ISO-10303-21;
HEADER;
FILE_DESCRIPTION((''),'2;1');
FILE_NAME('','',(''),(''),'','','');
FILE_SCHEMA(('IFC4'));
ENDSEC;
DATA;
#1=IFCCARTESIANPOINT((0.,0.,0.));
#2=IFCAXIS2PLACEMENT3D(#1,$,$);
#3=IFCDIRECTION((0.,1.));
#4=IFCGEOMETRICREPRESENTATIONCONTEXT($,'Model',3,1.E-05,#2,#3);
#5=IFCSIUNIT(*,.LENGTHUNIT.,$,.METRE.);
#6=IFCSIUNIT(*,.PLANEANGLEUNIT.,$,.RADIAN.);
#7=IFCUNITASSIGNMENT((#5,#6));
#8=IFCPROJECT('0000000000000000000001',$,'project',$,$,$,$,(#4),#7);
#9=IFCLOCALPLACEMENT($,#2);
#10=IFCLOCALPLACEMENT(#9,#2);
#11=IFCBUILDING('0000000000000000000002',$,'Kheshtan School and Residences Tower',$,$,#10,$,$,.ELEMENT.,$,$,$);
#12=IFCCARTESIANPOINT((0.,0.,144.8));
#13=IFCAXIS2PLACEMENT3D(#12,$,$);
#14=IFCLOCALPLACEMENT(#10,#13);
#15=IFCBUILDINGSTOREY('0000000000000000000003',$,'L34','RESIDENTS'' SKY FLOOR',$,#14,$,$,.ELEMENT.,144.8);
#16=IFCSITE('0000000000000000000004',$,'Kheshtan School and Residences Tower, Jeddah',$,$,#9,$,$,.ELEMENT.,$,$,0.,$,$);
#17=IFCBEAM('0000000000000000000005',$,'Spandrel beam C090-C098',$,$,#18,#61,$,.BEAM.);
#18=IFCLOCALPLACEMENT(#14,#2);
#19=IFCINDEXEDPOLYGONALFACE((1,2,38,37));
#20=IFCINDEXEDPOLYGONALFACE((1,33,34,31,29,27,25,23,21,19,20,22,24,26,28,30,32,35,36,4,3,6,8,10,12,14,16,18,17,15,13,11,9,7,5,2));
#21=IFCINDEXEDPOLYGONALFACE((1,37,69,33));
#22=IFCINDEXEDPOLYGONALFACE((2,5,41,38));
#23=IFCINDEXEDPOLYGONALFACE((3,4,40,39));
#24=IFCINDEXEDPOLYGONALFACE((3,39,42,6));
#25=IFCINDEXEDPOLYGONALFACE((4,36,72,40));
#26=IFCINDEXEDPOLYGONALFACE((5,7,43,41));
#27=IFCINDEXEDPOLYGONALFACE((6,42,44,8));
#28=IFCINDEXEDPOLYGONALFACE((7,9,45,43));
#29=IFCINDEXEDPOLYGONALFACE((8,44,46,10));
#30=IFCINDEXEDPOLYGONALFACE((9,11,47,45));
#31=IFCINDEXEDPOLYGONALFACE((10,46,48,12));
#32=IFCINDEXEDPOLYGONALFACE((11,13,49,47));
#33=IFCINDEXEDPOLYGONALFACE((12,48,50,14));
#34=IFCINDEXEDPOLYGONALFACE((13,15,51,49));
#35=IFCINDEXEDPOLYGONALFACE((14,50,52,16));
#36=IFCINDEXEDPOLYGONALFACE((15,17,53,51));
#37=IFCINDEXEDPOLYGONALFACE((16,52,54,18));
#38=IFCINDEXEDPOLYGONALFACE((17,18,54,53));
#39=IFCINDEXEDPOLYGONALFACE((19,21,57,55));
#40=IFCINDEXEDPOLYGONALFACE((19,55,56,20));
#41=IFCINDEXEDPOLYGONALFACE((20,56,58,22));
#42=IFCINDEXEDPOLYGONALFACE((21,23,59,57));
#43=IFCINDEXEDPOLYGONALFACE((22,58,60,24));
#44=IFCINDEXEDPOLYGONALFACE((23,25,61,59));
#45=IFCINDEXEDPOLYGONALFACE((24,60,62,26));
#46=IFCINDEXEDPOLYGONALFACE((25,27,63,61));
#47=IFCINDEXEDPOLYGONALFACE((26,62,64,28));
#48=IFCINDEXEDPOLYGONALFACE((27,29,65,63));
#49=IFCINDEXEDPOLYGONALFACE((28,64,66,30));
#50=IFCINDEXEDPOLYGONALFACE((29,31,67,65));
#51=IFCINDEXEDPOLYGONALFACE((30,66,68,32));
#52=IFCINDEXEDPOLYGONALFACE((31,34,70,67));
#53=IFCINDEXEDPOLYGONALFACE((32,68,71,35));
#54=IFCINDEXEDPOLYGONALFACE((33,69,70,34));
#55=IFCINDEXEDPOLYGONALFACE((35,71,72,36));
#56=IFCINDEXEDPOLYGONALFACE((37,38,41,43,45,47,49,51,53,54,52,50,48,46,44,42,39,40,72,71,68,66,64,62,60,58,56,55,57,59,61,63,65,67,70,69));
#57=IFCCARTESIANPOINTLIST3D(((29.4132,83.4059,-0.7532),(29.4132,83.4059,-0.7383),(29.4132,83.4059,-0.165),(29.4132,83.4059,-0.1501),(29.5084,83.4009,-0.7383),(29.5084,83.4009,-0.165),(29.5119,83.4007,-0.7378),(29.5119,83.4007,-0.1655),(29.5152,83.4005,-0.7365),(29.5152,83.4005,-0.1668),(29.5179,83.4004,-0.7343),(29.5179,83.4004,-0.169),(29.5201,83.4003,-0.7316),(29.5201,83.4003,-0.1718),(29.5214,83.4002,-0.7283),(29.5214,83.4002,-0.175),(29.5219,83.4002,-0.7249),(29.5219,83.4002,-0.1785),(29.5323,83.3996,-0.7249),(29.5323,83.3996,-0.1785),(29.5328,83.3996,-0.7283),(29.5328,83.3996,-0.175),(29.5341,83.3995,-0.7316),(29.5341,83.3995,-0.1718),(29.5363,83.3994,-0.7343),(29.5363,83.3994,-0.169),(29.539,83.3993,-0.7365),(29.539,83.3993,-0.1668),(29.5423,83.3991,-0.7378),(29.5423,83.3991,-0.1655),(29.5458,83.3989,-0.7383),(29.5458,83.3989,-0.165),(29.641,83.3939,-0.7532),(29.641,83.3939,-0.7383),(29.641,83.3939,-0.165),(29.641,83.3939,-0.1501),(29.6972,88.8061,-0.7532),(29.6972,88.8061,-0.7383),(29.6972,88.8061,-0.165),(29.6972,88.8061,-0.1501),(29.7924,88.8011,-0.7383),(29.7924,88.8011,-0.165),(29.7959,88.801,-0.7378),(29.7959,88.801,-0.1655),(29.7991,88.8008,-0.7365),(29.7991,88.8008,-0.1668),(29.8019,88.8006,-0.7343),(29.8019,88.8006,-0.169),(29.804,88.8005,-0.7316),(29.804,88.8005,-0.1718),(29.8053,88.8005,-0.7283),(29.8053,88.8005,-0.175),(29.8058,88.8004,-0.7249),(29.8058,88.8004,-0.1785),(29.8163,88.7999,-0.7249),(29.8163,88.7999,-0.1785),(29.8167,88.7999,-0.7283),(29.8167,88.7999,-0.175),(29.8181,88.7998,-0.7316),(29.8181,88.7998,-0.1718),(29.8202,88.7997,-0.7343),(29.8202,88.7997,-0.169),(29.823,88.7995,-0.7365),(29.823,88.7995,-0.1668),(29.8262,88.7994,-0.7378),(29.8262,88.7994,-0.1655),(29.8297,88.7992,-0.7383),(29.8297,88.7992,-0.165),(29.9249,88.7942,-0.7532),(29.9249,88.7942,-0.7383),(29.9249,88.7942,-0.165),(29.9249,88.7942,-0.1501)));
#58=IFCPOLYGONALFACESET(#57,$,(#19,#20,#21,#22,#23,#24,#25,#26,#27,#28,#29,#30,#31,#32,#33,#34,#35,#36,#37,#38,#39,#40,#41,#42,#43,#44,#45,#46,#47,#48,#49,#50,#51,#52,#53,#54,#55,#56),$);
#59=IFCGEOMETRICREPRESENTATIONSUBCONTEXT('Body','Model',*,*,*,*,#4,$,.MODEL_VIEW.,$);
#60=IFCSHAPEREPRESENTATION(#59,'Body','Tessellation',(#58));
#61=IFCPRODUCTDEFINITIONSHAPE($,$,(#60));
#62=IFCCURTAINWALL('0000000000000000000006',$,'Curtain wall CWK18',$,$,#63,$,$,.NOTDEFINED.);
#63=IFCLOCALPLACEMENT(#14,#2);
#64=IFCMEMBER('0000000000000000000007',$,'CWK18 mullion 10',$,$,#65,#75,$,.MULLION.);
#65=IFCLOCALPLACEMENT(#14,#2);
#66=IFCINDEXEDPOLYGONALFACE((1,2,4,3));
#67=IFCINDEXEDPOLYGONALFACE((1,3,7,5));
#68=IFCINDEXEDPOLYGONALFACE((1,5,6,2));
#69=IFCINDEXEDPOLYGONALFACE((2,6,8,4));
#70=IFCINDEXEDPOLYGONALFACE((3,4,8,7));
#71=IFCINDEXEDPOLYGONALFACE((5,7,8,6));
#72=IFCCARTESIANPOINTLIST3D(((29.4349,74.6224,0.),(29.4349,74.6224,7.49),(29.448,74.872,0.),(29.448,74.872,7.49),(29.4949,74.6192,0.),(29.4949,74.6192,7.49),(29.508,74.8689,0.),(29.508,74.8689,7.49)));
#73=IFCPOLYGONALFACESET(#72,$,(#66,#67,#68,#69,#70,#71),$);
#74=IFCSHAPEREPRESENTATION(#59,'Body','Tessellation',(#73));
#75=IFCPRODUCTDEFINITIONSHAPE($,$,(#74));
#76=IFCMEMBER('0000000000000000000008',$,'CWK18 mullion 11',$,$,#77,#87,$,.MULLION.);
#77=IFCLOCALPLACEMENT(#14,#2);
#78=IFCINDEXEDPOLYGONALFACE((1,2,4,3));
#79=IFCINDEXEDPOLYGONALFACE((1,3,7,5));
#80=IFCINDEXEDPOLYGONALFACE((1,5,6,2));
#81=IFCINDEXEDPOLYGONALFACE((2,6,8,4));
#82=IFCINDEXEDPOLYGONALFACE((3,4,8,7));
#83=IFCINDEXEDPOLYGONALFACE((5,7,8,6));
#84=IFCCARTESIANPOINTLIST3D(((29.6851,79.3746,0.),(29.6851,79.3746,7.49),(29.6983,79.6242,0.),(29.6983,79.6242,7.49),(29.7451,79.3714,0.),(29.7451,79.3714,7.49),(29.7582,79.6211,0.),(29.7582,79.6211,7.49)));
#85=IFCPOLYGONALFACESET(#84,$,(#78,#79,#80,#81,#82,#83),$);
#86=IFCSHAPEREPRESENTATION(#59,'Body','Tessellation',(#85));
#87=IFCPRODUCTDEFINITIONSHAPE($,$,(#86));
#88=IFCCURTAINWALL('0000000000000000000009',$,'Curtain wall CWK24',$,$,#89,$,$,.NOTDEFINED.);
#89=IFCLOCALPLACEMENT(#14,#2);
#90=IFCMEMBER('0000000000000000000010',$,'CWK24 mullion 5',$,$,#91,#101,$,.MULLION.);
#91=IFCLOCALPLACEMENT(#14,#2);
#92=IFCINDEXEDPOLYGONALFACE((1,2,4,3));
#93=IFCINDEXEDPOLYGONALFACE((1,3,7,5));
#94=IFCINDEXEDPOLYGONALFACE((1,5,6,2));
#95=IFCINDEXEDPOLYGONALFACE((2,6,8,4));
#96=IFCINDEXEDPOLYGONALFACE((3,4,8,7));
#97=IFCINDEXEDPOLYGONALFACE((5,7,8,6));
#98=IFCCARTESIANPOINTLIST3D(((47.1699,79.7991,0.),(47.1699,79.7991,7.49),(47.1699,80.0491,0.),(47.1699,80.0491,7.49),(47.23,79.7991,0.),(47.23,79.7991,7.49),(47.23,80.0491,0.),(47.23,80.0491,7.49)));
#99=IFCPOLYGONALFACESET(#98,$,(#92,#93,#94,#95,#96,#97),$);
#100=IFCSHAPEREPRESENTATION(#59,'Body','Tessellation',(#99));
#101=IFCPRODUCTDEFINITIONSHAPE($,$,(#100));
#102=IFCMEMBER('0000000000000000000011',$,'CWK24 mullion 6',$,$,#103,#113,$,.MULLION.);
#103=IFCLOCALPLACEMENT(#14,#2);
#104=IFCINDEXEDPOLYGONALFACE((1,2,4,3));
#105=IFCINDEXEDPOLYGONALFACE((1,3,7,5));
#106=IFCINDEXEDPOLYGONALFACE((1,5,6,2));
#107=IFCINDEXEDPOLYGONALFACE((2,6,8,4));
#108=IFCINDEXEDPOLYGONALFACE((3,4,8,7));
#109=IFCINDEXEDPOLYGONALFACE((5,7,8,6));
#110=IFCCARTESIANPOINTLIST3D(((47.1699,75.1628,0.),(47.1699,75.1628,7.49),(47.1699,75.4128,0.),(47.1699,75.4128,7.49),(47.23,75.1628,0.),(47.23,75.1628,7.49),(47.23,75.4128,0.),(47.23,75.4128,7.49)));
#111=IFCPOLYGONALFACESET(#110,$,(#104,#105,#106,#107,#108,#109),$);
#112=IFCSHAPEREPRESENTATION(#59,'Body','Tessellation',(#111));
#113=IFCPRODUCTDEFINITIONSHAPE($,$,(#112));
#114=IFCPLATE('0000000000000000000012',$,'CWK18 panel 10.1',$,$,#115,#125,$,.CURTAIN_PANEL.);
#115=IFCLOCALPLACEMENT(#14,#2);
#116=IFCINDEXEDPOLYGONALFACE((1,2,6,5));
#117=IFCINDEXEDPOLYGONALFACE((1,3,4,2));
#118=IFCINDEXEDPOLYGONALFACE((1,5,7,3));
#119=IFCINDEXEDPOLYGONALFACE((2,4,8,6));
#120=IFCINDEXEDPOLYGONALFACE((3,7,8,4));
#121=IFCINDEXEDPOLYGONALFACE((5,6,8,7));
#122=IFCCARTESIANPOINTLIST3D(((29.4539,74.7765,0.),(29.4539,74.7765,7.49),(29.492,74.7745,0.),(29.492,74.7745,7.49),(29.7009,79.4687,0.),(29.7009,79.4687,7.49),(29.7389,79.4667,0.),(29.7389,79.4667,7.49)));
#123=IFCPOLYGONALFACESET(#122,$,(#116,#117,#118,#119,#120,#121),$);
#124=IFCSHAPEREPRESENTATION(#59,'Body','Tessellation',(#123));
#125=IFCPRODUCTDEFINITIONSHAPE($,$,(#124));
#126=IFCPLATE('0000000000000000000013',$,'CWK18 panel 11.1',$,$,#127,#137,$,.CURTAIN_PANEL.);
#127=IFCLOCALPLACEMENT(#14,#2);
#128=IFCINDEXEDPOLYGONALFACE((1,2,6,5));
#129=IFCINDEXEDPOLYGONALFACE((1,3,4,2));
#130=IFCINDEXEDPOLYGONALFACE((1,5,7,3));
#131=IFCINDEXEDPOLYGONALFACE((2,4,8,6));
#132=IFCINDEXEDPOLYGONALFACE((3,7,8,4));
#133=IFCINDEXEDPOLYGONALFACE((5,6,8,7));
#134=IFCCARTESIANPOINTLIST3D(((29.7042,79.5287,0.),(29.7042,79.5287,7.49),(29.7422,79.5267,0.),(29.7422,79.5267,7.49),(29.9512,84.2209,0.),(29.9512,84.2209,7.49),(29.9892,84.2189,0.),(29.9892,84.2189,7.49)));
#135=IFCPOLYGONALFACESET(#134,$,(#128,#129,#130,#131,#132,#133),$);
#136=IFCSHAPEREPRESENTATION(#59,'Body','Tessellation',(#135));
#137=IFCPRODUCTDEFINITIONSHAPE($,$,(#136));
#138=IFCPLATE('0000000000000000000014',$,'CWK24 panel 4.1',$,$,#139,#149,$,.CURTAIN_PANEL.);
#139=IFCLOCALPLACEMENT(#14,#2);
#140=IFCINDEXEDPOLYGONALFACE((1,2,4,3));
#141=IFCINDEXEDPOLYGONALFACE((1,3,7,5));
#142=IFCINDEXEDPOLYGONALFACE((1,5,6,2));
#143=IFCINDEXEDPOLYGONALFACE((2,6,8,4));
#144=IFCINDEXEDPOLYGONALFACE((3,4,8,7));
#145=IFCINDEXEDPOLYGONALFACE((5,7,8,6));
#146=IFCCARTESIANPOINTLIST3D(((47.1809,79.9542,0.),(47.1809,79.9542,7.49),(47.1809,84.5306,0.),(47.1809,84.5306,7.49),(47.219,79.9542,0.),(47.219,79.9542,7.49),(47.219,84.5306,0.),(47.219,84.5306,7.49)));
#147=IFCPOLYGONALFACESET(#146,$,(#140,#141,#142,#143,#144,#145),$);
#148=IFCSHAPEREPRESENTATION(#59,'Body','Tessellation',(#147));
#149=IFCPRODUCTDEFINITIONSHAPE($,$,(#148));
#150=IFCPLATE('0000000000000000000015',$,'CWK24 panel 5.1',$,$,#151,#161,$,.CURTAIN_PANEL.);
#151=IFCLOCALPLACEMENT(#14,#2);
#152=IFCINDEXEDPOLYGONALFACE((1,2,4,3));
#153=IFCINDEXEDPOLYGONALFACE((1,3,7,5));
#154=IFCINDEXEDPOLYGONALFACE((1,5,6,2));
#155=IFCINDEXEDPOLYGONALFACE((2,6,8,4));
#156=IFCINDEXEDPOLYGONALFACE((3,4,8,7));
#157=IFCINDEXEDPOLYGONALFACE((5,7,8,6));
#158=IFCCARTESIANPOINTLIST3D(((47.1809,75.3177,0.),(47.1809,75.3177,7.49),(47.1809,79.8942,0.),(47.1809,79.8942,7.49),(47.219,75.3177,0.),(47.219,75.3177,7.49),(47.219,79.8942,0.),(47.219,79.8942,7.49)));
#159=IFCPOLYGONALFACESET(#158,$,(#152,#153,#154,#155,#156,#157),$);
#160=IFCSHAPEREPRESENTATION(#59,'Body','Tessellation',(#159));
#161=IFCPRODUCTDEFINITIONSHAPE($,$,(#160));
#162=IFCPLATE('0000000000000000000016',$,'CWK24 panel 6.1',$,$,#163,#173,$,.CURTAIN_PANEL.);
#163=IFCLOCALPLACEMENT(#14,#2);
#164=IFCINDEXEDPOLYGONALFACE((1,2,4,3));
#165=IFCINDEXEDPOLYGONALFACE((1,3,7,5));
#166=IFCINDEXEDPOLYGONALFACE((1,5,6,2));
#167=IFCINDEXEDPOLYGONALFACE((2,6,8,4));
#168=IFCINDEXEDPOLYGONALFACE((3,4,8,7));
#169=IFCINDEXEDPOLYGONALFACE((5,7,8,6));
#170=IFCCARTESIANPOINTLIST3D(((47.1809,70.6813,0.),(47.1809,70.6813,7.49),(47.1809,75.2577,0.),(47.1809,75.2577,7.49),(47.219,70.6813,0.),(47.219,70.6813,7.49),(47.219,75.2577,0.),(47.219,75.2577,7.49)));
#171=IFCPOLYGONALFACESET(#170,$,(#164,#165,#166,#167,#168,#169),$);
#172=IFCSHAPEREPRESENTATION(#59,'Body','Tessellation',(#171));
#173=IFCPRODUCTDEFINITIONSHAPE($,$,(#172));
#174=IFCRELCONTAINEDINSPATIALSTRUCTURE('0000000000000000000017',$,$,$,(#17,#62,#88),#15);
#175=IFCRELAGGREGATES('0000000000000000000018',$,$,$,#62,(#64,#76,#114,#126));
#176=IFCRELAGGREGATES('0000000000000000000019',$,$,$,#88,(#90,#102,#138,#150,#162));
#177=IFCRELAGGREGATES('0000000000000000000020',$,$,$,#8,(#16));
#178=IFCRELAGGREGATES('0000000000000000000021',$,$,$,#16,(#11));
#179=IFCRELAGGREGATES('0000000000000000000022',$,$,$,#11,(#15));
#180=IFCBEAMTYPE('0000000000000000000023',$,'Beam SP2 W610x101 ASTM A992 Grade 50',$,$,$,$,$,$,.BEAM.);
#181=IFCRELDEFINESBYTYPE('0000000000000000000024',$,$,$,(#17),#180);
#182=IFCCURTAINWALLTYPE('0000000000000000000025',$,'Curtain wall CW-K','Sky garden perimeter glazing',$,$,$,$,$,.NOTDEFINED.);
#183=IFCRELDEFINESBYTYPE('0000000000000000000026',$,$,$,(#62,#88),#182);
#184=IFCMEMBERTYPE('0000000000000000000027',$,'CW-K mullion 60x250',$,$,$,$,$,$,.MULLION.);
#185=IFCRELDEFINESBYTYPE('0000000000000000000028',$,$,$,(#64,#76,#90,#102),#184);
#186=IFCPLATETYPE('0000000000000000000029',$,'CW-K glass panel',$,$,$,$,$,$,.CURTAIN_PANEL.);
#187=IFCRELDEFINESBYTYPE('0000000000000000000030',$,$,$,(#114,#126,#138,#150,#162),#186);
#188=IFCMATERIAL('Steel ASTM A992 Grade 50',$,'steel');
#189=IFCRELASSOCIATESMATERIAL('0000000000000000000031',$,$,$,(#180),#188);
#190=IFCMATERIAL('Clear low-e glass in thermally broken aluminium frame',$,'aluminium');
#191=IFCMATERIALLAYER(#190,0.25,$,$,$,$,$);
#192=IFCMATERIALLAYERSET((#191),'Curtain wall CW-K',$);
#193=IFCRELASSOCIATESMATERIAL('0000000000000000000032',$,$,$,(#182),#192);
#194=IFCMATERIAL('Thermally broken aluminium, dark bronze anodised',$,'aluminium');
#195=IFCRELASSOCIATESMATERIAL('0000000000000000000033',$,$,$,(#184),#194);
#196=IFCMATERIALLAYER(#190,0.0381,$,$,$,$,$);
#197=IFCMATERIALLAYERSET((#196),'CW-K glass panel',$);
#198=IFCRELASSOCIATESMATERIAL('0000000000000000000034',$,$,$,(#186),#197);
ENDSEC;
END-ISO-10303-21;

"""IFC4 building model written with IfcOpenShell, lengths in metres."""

from ifc_helpers import new_model, si_unit, direction, frame, origin, origin_2d, place, context, subcontext, project, spatial, rectangle, i_section, extrude, material, layer, layer_set, material_profile, profile_set, type_object, element, aggregate, save


model = new_model("IFC4")

# Units and contexts
model_context = context("Model", 3, precision=1e-05, world=origin(), true_north=direction((0.0, 1.0)))
body_context = subcontext(model_context, "Body", "Model", "MODEL_VIEW")
ifc_project = project(units=[si_unit("LENGTHUNIT", "METRE"), si_unit("PLANEANGLEUNIT", "RADIAN")], contexts=[model_context])

# Site, building, storey
site_placement = place(None, origin())
site = spatial("IfcSite", under=ifc_project, at=site_placement, Name="Kheshtan School and Residences Tower, Jeddah", CompositionType="ELEMENT", RefElevation=0.0)
building_placement = place(site_placement, origin())
building = spatial("IfcBuilding", under=site, at=building_placement, Name="Kheshtan School and Residences Tower", CompositionType="ELEMENT")
storey_placement = place(building_placement, frame((0.0, 0.0, 144.8)))
storey = spatial("IfcBuildingStorey", under=building, at=storey_placement, Name="L34", Description="RESIDENTS' SKY FLOOR", CompositionType="ELEMENT", Elevation=144.8)

# Shared definitions
ifc_material_1 = material(Name="Steel ASTM A992 Grade 50", Category="steel")

# Beam
ifc_material_profile_1 = material_profile(ifc_material_1, i_section(OverallWidth=0.228, OverallDepth=0.603, WebThickness=0.0105, FlangeThickness=0.0149, FilletRadius=0.0134, at=origin_2d()), Name="W610x101")
ifc_profile_set_1 = profile_set([ifc_material_profile_1], Name="Steel ASTM A992 Grade 50")
beam_type = type_object("IfcBeamType", Name="Beam SP2 W610x101 ASTM A992 Grade 50", PredefinedType="BEAM", material=ifc_profile_set_1)
beam_1_placement = place(storey_placement, frame((29.5271, 83.3999, -0.4517), z_axis=(0.052507, 0.998621, 0.0), x_axis=(-0.998621, 0.052507, 0.0)))
element("IfcBeam", 1, at=beam_1_placement, inside=storey, type_object=beam_type, Name="Spandrel beam C090-C098", PredefinedType="BEAM", context=body_context, shape_type="SweptSolid", body=[
    extrude(i_section(OverallWidth=0.228, OverallDepth=0.603, WebThickness=0.0105, FlangeThickness=0.0149, FilletRadius=0.0134, at=origin_2d()), origin(), (0.0, 0.0, 1.0), 5.4077),
])

# Curtain walls, members
ifc_material_2 = material(Name="Clear low-e glass in thermally broken aluminium frame", Category="aluminium")
ifc_layer_1 = layer(ifc_material_2, 0.25)
ifc_layer_set_1 = layer_set([ifc_layer_1], Name="Curtain wall CW-K")
curtain_wall_type = type_object("IfcCurtainWallType", Name="Curtain wall CW-K", Description="Sky garden perimeter glazing", PredefinedType="NOTDEFINED", material=ifc_layer_set_1)
curtain_wall_1_placement = place(storey_placement, origin())
curtain_wall_1 = element("IfcCurtainWall", 2, at=curtain_wall_1_placement, inside=storey, type_object=curtain_wall_type, Name="Curtain wall CWK18", PredefinedType="NOTDEFINED")
ifc_material_3 = material(Name="Thermally broken aluminium, dark bronze anodised", Category="aluminium")
ifc_material_profile_2 = material_profile(ifc_material_3, rectangle(XDim=0.0601, YDim=0.25, at=origin_2d()), Name="CW-K mullion 60x250")
ifc_profile_set_2 = profile_set([ifc_material_profile_2], Name="Thermally broken aluminium, dark bronze anodised")
member_type = type_object("IfcMemberType", Name="CW-K mullion 60x250", PredefinedType="MULLION", material=ifc_profile_set_2)
member_1_placement = place(storey_placement, frame((29.4714, 74.7456, 0.0), z_axis=(0.0, 0.0, 1.0), x_axis=(-0.998617, 0.052565, 0.0)))
member_1 = element("IfcMember", 3, at=member_1_placement, type_object=member_type, Name="CWK18 mullion 10", PredefinedType="MULLION", context=body_context, shape_type="SweptSolid", body=[
    extrude(rectangle(XDim=0.0601, YDim=0.25, at=origin_2d()), origin(), (0.0, 0.0, 1.0), 7.49),
])
member_2_placement = place(storey_placement, frame((29.7217, 79.4978, 0.0), z_axis=(0.0, 0.0, 1.0), x_axis=(-0.998617, 0.052565, 0.0)))
member_2 = element("IfcMember", 4, at=member_2_placement, type_object=member_type, Name="CWK18 mullion 11", PredefinedType="MULLION", context=body_context, shape_type="SweptSolid", body=[
    extrude(rectangle(XDim=0.0601, YDim=0.25, at=origin_2d()), origin(), (0.0, 0.0, 1.0), 7.49),
])
curtain_wall_2_placement = place(storey_placement, origin())
curtain_wall_2 = element("IfcCurtainWall", 5, at=curtain_wall_2_placement, inside=storey, type_object=curtain_wall_type, Name="Curtain wall CWK24", PredefinedType="NOTDEFINED")
member_3_placement = place(storey_placement, frame((47.2, 79.9241, 0.0), z_axis=(0.0, 0.0, 1.0), x_axis=(1.0, 0.0, 0.0)))
member_3 = element("IfcMember", 6, at=member_3_placement, type_object=member_type, Name="CWK24 mullion 5", PredefinedType="MULLION", context=body_context, shape_type="SweptSolid", body=[
    extrude(rectangle(XDim=0.0601, YDim=0.25, at=origin_2d()), origin(), (0.0, 0.0, 1.0), 7.49),
])
member_4_placement = place(storey_placement, frame((47.2, 75.2878, 0.0), z_axis=(0.0, 0.0, 1.0), x_axis=(1.0, 0.0, 0.0)))
member_4 = element("IfcMember", 7, at=member_4_placement, type_object=member_type, Name="CWK24 mullion 6", PredefinedType="MULLION", context=body_context, shape_type="SweptSolid", body=[
    extrude(rectangle(XDim=0.0601, YDim=0.25, at=origin_2d()), origin(), (0.0, 0.0, 1.0), 7.49),
])

# Plates
ifc_layer_2 = layer(ifc_material_2, 0.0381)
ifc_layer_set_2 = layer_set([ifc_layer_2], Name="CW-K glass panel")
plate_type = type_object("IfcPlateType", Name="CW-K glass panel", PredefinedType="CURTAIN_PANEL", material=ifc_layer_set_2)
plate_1_placement = place(storey_placement, frame((29.5964, 77.1216, 0.0), z_axis=(0.0, 0.0, 1.0), x_axis=(0.052565, 0.998617, 0.0)))
plate_1 = element("IfcPlate", 8, at=plate_1_placement, type_object=plate_type, Name="CWK18 panel 10.1", PredefinedType="CURTAIN_PANEL", context=body_context, shape_type="SweptSolid", body=[
    extrude(rectangle(XDim=4.6987, YDim=0.0381, at=origin_2d()), origin(), (0.0, 0.0, 1.0), 7.49),
])
plate_2_placement = place(storey_placement, frame((29.8467, 81.8738, 0.0), z_axis=(0.0, 0.0, 1.0), x_axis=(0.052565, 0.998617, 0.0)))
plate_2 = element("IfcPlate", 9, at=plate_2_placement, type_object=plate_type, Name="CWK18 panel 11.1", PredefinedType="CURTAIN_PANEL", context=body_context, shape_type="SweptSolid", body=[
    extrude(rectangle(XDim=4.6987, YDim=0.0381, at=origin_2d()), origin(), (0.0, 0.0, 1.0), 7.49),
])
aggregate(curtain_wall_1, [member_1, member_2, plate_1, plate_2])
plate_3_placement = place(storey_placement, frame((47.2, 82.2424, 0.0), z_axis=(0.0, 0.0, 1.0), x_axis=(0.0, -1.0, 0.0)))
plate_3 = element("IfcPlate", 10, at=plate_3_placement, type_object=plate_type, Name="CWK24 panel 4.1", PredefinedType="CURTAIN_PANEL", context=body_context, shape_type="SweptSolid", body=[
    extrude(rectangle(XDim=4.5764, YDim=0.0381, at=origin_2d()), origin(), (0.0, 0.0, 1.0), 7.49),
])
plate_4_placement = place(storey_placement, frame((47.2, 77.606, 0.0), z_axis=(0.0, 0.0, 1.0), x_axis=(0.0, -1.0, 0.0)))
plate_4 = element("IfcPlate", 11, at=plate_4_placement, type_object=plate_type, Name="CWK24 panel 5.1", PredefinedType="CURTAIN_PANEL", context=body_context, shape_type="SweptSolid", body=[
    extrude(rectangle(XDim=4.5764, YDim=0.0381, at=origin_2d()), origin(), (0.0, 0.0, 1.0), 7.49),
])
plate_5_placement = place(storey_placement, frame((47.2, 72.9695, 0.0), z_axis=(0.0, 0.0, 1.0), x_axis=(0.0, -1.0, 0.0)))
plate_5 = element("IfcPlate", 12, at=plate_5_placement, type_object=plate_type, Name="CWK24 panel 6.1", PredefinedType="CURTAIN_PANEL", context=body_context, shape_type="SweptSolid", body=[
    extrude(rectangle(XDim=4.5764, YDim=0.0381, at=origin_2d()), origin(), (0.0, 0.0, 1.0), 7.49),
])
aggregate(curtain_wall_2, [member_3, member_4, plate_3, plate_4, plate_5])

save(model, "model.ifc")
